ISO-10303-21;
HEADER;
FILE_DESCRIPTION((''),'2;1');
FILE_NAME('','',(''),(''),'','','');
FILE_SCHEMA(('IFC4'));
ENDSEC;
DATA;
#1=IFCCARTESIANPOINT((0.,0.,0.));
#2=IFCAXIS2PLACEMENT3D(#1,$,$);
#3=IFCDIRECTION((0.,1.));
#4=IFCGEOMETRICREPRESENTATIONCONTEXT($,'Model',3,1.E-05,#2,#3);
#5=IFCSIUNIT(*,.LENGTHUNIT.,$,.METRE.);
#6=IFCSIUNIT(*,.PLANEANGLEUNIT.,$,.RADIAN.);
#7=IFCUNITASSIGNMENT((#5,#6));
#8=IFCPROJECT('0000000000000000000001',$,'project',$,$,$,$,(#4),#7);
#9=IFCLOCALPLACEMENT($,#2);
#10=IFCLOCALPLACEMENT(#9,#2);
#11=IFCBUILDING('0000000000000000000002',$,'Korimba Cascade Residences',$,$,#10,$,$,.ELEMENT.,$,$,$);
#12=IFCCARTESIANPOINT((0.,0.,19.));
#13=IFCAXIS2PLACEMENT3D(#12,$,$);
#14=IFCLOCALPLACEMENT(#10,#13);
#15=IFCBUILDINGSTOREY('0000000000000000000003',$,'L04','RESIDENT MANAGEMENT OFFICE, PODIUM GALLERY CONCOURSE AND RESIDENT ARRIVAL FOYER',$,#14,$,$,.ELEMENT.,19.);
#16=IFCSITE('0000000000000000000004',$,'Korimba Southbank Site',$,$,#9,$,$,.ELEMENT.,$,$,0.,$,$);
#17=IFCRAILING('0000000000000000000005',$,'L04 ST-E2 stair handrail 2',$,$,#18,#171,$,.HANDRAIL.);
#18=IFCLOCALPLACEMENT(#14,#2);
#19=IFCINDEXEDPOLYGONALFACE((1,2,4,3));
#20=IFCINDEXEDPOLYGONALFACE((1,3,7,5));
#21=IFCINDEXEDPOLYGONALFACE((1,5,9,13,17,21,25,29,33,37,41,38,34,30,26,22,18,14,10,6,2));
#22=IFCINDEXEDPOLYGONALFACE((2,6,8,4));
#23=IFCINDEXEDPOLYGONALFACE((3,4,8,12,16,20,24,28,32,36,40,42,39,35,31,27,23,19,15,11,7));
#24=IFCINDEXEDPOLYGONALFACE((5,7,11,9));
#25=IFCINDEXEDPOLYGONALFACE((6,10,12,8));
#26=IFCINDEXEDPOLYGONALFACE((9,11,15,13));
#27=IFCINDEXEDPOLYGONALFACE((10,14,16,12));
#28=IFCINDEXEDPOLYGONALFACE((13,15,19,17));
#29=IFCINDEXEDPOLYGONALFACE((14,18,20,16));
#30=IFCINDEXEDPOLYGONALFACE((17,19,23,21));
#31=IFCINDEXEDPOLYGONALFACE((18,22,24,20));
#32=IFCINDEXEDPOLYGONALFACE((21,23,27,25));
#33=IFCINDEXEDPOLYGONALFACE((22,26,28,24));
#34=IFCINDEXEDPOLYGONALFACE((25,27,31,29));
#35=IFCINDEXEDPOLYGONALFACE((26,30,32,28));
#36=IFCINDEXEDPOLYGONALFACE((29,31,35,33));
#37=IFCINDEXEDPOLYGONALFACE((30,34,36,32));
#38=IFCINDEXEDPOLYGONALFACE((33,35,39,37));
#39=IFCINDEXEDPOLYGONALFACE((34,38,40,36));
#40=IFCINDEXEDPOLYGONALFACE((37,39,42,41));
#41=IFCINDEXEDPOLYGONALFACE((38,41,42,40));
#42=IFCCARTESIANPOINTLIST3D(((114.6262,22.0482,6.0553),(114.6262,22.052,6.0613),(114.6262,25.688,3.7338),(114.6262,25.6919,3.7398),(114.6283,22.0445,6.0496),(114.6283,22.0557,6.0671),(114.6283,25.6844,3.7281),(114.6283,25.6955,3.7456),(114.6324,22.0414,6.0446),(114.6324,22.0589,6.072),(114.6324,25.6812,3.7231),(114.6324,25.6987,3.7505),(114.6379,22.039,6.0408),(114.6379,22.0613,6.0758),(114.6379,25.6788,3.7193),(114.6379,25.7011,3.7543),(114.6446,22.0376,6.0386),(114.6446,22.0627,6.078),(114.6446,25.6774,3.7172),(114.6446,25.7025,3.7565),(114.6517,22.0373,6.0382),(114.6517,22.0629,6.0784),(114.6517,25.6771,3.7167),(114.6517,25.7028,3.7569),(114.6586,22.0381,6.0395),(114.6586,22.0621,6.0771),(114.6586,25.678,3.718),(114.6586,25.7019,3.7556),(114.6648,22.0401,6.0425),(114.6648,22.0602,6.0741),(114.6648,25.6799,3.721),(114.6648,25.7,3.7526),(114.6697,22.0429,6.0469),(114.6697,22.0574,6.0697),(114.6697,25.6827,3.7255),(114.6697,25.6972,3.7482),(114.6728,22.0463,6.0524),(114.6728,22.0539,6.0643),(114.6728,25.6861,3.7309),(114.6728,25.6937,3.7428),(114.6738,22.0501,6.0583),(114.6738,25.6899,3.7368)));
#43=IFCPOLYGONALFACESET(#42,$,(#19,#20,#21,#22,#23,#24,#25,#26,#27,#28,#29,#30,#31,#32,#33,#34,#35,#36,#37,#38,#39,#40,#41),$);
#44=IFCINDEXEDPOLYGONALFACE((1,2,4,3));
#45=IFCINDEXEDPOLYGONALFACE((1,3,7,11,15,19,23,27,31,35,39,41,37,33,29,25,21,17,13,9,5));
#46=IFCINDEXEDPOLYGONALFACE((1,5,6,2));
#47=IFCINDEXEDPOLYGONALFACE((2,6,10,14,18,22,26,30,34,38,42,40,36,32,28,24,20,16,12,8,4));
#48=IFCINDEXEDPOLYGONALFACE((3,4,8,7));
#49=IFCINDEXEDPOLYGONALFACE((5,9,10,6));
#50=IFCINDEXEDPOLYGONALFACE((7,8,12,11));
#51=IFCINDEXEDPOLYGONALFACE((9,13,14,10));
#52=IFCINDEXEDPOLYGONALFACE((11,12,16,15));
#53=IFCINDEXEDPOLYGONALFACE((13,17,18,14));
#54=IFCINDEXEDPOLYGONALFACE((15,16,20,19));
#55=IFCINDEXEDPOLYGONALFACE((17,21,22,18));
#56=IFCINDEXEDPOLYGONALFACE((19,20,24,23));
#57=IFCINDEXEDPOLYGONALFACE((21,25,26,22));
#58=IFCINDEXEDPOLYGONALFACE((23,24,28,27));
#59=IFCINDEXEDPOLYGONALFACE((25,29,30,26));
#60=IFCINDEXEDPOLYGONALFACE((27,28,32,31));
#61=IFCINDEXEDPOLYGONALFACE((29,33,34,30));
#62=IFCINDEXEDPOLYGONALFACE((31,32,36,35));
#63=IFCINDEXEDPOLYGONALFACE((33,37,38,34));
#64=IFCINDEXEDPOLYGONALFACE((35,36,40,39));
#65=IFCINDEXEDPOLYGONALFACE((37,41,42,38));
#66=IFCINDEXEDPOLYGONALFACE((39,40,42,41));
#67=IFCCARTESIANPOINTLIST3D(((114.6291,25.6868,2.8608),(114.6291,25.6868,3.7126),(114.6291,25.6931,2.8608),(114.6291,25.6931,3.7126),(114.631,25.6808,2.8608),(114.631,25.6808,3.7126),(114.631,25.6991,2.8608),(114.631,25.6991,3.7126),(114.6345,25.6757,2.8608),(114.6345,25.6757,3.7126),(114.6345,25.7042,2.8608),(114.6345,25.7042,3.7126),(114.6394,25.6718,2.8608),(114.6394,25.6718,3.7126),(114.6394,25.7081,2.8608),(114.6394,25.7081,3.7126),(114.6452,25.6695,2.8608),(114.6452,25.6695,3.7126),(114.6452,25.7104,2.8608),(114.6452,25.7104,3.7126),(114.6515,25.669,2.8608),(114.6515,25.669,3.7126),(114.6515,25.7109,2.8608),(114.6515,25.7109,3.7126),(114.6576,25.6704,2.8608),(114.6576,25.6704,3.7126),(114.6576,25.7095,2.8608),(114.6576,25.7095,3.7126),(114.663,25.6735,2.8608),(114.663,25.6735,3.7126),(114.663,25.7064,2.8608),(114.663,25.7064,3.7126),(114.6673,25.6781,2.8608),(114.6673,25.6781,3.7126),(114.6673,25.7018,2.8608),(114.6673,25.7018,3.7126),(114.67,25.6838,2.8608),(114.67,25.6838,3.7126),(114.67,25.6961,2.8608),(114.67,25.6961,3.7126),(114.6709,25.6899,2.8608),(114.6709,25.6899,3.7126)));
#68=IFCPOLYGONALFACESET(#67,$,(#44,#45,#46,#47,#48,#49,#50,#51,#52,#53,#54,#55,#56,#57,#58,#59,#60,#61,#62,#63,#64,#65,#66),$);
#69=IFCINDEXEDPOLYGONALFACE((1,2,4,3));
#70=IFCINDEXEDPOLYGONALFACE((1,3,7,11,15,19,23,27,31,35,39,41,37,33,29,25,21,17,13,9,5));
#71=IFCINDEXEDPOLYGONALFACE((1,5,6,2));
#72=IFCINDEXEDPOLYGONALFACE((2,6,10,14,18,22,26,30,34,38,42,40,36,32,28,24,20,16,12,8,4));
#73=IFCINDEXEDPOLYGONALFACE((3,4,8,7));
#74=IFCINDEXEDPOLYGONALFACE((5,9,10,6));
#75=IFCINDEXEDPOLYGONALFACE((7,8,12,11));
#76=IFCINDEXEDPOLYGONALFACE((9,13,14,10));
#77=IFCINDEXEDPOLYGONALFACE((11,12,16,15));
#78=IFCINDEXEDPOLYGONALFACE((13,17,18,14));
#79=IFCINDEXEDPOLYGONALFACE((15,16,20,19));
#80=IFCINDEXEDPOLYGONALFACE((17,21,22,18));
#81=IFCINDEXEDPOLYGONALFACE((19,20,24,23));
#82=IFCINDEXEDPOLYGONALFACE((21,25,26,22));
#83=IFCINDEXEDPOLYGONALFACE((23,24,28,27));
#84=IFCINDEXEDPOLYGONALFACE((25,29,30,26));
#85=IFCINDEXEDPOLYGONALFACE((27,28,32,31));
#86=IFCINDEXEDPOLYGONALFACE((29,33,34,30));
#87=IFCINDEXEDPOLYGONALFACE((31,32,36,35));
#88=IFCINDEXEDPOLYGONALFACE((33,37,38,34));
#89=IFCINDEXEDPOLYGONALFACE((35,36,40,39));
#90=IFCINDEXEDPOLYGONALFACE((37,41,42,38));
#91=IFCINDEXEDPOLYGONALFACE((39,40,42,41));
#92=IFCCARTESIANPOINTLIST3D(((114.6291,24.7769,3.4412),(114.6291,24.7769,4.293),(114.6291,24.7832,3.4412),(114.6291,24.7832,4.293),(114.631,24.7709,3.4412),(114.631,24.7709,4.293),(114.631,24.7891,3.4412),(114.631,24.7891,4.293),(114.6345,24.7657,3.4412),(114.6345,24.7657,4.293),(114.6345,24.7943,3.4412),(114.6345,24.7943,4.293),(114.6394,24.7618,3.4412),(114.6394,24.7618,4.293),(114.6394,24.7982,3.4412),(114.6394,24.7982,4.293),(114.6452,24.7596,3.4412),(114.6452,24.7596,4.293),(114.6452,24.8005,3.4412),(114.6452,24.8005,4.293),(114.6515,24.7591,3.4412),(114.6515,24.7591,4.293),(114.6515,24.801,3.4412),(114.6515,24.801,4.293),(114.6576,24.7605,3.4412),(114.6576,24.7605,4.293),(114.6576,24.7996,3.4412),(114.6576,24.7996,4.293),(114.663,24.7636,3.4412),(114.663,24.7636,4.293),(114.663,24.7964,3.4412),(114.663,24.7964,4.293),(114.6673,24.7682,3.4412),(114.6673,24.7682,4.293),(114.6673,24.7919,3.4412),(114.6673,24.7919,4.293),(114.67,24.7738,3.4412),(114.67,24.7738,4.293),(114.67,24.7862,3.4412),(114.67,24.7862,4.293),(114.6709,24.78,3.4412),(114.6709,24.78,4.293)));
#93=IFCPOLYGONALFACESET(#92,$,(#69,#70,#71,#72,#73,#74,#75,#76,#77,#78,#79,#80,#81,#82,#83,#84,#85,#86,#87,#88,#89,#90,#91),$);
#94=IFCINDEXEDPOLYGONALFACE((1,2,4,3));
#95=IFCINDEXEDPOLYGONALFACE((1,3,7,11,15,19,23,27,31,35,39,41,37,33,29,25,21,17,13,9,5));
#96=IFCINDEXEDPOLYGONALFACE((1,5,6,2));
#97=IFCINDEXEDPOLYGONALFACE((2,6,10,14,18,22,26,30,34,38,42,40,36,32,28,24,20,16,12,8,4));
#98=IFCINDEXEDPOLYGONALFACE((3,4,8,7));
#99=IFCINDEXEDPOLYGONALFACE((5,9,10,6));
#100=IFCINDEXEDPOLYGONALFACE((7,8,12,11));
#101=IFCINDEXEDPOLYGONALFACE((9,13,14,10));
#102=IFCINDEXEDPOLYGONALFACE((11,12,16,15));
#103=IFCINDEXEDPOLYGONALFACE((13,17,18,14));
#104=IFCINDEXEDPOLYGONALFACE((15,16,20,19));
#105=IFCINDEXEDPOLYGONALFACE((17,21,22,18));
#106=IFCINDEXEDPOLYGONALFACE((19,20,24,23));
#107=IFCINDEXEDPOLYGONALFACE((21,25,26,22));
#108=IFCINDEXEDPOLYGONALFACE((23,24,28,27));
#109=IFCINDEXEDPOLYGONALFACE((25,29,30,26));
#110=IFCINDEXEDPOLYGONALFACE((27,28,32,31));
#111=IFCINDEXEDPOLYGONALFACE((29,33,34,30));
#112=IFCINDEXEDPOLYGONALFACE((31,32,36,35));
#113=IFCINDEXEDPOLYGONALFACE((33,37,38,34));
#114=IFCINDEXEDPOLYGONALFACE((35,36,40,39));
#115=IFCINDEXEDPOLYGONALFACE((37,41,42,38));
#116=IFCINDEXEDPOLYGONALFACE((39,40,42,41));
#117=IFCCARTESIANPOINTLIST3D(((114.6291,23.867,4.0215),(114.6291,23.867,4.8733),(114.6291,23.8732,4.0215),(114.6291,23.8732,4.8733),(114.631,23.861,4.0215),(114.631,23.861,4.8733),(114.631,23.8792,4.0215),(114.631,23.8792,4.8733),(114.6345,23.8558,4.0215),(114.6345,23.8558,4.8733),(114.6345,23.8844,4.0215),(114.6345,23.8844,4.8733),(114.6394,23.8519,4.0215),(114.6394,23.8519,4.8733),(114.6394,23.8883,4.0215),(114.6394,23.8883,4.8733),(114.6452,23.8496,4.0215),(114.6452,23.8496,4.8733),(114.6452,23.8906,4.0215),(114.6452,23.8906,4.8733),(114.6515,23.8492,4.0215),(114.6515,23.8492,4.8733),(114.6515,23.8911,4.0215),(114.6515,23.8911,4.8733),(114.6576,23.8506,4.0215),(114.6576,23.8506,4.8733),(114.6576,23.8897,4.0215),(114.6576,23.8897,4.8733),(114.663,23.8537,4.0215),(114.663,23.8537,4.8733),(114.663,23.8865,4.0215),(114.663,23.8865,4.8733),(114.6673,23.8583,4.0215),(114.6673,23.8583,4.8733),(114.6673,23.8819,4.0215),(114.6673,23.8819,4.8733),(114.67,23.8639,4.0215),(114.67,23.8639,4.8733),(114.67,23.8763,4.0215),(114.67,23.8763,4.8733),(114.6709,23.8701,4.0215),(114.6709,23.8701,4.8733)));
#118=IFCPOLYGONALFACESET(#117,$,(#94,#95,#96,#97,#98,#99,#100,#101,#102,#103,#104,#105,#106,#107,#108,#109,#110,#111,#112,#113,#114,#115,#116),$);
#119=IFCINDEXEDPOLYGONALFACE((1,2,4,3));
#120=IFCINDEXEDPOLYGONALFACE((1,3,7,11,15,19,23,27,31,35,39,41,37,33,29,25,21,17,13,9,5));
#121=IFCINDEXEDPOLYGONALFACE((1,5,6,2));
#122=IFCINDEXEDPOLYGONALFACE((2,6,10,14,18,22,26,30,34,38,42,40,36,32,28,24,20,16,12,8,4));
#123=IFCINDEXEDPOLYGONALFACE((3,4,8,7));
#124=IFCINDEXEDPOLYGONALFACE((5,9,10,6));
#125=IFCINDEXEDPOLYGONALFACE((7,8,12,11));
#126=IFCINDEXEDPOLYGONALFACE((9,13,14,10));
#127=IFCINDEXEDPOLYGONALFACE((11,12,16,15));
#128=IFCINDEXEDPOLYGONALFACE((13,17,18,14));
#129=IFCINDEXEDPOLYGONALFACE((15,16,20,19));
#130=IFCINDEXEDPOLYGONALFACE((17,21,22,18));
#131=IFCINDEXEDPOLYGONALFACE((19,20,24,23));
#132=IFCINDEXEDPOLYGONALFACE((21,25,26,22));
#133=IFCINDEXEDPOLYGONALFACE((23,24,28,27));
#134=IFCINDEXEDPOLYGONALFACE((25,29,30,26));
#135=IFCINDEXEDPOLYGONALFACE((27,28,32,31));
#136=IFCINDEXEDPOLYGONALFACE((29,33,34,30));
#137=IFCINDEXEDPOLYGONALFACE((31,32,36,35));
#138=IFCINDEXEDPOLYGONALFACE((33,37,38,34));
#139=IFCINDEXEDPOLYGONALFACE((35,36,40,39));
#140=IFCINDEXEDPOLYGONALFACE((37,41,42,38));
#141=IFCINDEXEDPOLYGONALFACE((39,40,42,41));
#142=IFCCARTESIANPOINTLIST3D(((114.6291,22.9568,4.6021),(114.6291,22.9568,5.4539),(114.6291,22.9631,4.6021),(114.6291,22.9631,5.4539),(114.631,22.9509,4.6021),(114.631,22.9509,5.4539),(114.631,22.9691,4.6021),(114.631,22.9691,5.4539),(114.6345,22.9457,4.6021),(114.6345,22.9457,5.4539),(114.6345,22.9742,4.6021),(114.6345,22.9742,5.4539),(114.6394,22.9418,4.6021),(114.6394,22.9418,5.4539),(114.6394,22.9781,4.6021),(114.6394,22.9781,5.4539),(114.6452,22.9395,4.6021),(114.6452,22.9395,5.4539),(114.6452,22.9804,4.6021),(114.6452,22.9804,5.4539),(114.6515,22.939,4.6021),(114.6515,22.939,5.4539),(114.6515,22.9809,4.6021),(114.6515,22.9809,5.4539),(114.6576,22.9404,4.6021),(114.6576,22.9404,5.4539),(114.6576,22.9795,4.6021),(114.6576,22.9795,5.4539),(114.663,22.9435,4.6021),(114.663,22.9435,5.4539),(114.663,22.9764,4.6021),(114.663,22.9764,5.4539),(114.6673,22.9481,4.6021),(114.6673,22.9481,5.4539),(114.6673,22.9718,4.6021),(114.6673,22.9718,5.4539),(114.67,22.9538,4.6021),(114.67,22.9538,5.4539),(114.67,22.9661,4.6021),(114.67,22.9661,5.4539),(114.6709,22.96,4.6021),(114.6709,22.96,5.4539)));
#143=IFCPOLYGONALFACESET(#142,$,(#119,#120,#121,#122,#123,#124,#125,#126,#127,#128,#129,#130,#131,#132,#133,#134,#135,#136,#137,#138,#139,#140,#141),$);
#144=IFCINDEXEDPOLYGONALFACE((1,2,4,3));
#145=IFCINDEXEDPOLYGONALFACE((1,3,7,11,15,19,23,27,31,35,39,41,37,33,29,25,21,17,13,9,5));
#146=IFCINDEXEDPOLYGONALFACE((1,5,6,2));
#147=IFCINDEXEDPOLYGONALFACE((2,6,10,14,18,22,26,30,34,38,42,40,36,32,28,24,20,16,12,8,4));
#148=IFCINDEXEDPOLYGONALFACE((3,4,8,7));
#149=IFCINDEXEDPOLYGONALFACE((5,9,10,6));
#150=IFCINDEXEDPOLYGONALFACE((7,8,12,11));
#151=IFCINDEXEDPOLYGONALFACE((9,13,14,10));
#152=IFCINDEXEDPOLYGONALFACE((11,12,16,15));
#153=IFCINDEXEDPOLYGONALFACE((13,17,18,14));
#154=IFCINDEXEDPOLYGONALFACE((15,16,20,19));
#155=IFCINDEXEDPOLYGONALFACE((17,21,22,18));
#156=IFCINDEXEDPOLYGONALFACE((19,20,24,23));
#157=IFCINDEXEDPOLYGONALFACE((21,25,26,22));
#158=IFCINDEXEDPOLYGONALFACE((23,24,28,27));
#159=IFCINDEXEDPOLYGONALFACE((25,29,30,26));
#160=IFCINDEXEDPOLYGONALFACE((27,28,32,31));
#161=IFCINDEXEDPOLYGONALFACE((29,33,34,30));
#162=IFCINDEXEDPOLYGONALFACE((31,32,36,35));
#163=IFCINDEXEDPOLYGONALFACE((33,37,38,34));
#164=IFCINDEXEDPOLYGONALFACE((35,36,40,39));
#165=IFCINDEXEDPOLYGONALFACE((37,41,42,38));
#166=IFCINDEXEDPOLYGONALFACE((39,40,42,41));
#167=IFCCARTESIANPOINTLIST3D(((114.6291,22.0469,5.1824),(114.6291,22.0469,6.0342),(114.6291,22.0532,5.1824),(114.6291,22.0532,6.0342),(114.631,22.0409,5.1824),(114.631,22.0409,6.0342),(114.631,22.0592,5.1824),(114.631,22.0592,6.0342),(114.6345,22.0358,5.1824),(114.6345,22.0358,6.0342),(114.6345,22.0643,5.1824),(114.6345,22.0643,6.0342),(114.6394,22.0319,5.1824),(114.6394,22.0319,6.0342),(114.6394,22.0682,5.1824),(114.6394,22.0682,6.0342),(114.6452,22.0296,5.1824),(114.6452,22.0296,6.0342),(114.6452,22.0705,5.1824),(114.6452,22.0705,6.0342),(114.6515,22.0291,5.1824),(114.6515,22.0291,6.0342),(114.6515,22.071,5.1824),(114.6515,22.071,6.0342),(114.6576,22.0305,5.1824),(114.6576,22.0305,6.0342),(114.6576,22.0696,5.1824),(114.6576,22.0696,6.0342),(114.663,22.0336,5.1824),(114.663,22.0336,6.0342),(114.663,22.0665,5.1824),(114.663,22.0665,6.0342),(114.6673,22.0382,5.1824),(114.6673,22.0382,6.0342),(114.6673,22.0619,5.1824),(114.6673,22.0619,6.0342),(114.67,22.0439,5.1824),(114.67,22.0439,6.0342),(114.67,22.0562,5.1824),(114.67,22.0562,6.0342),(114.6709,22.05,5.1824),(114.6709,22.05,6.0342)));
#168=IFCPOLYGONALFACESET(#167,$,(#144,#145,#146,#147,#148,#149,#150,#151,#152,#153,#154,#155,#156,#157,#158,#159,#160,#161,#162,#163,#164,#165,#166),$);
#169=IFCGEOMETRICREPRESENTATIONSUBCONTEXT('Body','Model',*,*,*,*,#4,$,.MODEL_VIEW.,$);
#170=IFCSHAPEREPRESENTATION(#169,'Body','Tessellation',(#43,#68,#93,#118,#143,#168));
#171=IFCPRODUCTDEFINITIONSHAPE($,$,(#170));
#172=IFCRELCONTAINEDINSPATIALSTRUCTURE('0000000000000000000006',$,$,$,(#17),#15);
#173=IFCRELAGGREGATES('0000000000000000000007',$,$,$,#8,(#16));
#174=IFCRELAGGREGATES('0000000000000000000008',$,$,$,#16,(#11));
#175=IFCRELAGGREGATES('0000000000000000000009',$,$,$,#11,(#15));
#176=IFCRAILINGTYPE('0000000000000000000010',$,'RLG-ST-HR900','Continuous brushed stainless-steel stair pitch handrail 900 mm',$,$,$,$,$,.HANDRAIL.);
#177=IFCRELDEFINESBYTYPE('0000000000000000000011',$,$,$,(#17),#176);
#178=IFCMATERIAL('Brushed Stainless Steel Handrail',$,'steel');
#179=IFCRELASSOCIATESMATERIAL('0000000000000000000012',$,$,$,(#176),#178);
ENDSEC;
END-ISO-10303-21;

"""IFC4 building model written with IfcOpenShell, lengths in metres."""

from ifc_helpers import new_model, si_unit, direction, frame, origin, origin_2d, place, context, subcontext, project, spatial, circle, extrude, material, type_object, element, save


model = new_model("IFC4")

# Units and contexts
model_context = context("Model", 3, precision=1e-05, world=origin(), true_north=direction((0.0, 1.0)))
body_context = subcontext(model_context, "Body", "Model", "MODEL_VIEW")
ifc_project = project(units=[si_unit("LENGTHUNIT", "METRE"), si_unit("PLANEANGLEUNIT", "RADIAN")], contexts=[model_context])

# Site, building, storey
site_placement = place(None, origin())
site = spatial("IfcSite", under=ifc_project, at=site_placement, Name="Korimba Southbank Site", CompositionType="ELEMENT", RefElevation=0.0)
building_placement = place(site_placement, origin())
building = spatial("IfcBuilding", under=site, at=building_placement, Name="Korimba Cascade Residences", CompositionType="ELEMENT")
storey_placement = place(building_placement, frame((0.0, 0.0, 19.0)))
storey = spatial("IfcBuildingStorey", under=building, at=storey_placement, Name="L04", Description="RESIDENT MANAGEMENT OFFICE, PODIUM GALLERY CONCOURSE AND RESIDENT ARRIVAL FOYER", CompositionType="ELEMENT", Elevation=19.0)

# Railing
ifc_material_1 = material(Name="Brushed Stainless Steel Handrail", Category="steel")
railing_type_1 = type_object("IfcRailingType", Name="RLG-ST-HR900", Description="Continuous brushed stainless-steel stair pitch handrail 900 mm", PredefinedType="HANDRAIL", material=ifc_material_1)
railing_1_placement = place(storey_placement, frame((114.6499, 25.6899, 2.8608)))
element("IfcRailing", 1, at=railing_1_placement, inside=storey, type_object=railing_type_1, Name="L04 ST-E2 stair handrail 2", PredefinedType="HANDRAIL", context=body_context, shape_type="SweptSolid", body=[
    extrude(circle(Radius=0.0239, at=origin_2d()), frame((0.0, 0.0, 0.876), z_axis=(0.0, -0.843112, 0.537739), x_axis=(1.0, 0.0, 0.0)), (0.0, 0.0, 1.0), 4.3171),
    extrude(circle(Radius=0.021, at=origin_2d()), origin(), (0.0, 0.0, 1.0), 0.8518),
    extrude(circle(Radius=0.021, at=origin_2d()), frame((0.0, -0.9099, 0.5803)), (0.0, 0.0, 1.0), 0.8518),
    extrude(circle(Radius=0.021, at=origin_2d()), frame((0.0, -1.8198, 1.1606)), (0.0, 0.0, 1.0), 0.8518),
    extrude(circle(Radius=0.021, at=origin_2d()), frame((0.0, -2.73, 1.7412)), (0.0, 0.0, 1.0), 0.8518),
    extrude(circle(Radius=0.021, at=origin_2d()), frame((0.0, -3.6399, 2.3215)), (0.0, 0.0, 1.0), 0.8518),
])

save(model, "model.ifc")
